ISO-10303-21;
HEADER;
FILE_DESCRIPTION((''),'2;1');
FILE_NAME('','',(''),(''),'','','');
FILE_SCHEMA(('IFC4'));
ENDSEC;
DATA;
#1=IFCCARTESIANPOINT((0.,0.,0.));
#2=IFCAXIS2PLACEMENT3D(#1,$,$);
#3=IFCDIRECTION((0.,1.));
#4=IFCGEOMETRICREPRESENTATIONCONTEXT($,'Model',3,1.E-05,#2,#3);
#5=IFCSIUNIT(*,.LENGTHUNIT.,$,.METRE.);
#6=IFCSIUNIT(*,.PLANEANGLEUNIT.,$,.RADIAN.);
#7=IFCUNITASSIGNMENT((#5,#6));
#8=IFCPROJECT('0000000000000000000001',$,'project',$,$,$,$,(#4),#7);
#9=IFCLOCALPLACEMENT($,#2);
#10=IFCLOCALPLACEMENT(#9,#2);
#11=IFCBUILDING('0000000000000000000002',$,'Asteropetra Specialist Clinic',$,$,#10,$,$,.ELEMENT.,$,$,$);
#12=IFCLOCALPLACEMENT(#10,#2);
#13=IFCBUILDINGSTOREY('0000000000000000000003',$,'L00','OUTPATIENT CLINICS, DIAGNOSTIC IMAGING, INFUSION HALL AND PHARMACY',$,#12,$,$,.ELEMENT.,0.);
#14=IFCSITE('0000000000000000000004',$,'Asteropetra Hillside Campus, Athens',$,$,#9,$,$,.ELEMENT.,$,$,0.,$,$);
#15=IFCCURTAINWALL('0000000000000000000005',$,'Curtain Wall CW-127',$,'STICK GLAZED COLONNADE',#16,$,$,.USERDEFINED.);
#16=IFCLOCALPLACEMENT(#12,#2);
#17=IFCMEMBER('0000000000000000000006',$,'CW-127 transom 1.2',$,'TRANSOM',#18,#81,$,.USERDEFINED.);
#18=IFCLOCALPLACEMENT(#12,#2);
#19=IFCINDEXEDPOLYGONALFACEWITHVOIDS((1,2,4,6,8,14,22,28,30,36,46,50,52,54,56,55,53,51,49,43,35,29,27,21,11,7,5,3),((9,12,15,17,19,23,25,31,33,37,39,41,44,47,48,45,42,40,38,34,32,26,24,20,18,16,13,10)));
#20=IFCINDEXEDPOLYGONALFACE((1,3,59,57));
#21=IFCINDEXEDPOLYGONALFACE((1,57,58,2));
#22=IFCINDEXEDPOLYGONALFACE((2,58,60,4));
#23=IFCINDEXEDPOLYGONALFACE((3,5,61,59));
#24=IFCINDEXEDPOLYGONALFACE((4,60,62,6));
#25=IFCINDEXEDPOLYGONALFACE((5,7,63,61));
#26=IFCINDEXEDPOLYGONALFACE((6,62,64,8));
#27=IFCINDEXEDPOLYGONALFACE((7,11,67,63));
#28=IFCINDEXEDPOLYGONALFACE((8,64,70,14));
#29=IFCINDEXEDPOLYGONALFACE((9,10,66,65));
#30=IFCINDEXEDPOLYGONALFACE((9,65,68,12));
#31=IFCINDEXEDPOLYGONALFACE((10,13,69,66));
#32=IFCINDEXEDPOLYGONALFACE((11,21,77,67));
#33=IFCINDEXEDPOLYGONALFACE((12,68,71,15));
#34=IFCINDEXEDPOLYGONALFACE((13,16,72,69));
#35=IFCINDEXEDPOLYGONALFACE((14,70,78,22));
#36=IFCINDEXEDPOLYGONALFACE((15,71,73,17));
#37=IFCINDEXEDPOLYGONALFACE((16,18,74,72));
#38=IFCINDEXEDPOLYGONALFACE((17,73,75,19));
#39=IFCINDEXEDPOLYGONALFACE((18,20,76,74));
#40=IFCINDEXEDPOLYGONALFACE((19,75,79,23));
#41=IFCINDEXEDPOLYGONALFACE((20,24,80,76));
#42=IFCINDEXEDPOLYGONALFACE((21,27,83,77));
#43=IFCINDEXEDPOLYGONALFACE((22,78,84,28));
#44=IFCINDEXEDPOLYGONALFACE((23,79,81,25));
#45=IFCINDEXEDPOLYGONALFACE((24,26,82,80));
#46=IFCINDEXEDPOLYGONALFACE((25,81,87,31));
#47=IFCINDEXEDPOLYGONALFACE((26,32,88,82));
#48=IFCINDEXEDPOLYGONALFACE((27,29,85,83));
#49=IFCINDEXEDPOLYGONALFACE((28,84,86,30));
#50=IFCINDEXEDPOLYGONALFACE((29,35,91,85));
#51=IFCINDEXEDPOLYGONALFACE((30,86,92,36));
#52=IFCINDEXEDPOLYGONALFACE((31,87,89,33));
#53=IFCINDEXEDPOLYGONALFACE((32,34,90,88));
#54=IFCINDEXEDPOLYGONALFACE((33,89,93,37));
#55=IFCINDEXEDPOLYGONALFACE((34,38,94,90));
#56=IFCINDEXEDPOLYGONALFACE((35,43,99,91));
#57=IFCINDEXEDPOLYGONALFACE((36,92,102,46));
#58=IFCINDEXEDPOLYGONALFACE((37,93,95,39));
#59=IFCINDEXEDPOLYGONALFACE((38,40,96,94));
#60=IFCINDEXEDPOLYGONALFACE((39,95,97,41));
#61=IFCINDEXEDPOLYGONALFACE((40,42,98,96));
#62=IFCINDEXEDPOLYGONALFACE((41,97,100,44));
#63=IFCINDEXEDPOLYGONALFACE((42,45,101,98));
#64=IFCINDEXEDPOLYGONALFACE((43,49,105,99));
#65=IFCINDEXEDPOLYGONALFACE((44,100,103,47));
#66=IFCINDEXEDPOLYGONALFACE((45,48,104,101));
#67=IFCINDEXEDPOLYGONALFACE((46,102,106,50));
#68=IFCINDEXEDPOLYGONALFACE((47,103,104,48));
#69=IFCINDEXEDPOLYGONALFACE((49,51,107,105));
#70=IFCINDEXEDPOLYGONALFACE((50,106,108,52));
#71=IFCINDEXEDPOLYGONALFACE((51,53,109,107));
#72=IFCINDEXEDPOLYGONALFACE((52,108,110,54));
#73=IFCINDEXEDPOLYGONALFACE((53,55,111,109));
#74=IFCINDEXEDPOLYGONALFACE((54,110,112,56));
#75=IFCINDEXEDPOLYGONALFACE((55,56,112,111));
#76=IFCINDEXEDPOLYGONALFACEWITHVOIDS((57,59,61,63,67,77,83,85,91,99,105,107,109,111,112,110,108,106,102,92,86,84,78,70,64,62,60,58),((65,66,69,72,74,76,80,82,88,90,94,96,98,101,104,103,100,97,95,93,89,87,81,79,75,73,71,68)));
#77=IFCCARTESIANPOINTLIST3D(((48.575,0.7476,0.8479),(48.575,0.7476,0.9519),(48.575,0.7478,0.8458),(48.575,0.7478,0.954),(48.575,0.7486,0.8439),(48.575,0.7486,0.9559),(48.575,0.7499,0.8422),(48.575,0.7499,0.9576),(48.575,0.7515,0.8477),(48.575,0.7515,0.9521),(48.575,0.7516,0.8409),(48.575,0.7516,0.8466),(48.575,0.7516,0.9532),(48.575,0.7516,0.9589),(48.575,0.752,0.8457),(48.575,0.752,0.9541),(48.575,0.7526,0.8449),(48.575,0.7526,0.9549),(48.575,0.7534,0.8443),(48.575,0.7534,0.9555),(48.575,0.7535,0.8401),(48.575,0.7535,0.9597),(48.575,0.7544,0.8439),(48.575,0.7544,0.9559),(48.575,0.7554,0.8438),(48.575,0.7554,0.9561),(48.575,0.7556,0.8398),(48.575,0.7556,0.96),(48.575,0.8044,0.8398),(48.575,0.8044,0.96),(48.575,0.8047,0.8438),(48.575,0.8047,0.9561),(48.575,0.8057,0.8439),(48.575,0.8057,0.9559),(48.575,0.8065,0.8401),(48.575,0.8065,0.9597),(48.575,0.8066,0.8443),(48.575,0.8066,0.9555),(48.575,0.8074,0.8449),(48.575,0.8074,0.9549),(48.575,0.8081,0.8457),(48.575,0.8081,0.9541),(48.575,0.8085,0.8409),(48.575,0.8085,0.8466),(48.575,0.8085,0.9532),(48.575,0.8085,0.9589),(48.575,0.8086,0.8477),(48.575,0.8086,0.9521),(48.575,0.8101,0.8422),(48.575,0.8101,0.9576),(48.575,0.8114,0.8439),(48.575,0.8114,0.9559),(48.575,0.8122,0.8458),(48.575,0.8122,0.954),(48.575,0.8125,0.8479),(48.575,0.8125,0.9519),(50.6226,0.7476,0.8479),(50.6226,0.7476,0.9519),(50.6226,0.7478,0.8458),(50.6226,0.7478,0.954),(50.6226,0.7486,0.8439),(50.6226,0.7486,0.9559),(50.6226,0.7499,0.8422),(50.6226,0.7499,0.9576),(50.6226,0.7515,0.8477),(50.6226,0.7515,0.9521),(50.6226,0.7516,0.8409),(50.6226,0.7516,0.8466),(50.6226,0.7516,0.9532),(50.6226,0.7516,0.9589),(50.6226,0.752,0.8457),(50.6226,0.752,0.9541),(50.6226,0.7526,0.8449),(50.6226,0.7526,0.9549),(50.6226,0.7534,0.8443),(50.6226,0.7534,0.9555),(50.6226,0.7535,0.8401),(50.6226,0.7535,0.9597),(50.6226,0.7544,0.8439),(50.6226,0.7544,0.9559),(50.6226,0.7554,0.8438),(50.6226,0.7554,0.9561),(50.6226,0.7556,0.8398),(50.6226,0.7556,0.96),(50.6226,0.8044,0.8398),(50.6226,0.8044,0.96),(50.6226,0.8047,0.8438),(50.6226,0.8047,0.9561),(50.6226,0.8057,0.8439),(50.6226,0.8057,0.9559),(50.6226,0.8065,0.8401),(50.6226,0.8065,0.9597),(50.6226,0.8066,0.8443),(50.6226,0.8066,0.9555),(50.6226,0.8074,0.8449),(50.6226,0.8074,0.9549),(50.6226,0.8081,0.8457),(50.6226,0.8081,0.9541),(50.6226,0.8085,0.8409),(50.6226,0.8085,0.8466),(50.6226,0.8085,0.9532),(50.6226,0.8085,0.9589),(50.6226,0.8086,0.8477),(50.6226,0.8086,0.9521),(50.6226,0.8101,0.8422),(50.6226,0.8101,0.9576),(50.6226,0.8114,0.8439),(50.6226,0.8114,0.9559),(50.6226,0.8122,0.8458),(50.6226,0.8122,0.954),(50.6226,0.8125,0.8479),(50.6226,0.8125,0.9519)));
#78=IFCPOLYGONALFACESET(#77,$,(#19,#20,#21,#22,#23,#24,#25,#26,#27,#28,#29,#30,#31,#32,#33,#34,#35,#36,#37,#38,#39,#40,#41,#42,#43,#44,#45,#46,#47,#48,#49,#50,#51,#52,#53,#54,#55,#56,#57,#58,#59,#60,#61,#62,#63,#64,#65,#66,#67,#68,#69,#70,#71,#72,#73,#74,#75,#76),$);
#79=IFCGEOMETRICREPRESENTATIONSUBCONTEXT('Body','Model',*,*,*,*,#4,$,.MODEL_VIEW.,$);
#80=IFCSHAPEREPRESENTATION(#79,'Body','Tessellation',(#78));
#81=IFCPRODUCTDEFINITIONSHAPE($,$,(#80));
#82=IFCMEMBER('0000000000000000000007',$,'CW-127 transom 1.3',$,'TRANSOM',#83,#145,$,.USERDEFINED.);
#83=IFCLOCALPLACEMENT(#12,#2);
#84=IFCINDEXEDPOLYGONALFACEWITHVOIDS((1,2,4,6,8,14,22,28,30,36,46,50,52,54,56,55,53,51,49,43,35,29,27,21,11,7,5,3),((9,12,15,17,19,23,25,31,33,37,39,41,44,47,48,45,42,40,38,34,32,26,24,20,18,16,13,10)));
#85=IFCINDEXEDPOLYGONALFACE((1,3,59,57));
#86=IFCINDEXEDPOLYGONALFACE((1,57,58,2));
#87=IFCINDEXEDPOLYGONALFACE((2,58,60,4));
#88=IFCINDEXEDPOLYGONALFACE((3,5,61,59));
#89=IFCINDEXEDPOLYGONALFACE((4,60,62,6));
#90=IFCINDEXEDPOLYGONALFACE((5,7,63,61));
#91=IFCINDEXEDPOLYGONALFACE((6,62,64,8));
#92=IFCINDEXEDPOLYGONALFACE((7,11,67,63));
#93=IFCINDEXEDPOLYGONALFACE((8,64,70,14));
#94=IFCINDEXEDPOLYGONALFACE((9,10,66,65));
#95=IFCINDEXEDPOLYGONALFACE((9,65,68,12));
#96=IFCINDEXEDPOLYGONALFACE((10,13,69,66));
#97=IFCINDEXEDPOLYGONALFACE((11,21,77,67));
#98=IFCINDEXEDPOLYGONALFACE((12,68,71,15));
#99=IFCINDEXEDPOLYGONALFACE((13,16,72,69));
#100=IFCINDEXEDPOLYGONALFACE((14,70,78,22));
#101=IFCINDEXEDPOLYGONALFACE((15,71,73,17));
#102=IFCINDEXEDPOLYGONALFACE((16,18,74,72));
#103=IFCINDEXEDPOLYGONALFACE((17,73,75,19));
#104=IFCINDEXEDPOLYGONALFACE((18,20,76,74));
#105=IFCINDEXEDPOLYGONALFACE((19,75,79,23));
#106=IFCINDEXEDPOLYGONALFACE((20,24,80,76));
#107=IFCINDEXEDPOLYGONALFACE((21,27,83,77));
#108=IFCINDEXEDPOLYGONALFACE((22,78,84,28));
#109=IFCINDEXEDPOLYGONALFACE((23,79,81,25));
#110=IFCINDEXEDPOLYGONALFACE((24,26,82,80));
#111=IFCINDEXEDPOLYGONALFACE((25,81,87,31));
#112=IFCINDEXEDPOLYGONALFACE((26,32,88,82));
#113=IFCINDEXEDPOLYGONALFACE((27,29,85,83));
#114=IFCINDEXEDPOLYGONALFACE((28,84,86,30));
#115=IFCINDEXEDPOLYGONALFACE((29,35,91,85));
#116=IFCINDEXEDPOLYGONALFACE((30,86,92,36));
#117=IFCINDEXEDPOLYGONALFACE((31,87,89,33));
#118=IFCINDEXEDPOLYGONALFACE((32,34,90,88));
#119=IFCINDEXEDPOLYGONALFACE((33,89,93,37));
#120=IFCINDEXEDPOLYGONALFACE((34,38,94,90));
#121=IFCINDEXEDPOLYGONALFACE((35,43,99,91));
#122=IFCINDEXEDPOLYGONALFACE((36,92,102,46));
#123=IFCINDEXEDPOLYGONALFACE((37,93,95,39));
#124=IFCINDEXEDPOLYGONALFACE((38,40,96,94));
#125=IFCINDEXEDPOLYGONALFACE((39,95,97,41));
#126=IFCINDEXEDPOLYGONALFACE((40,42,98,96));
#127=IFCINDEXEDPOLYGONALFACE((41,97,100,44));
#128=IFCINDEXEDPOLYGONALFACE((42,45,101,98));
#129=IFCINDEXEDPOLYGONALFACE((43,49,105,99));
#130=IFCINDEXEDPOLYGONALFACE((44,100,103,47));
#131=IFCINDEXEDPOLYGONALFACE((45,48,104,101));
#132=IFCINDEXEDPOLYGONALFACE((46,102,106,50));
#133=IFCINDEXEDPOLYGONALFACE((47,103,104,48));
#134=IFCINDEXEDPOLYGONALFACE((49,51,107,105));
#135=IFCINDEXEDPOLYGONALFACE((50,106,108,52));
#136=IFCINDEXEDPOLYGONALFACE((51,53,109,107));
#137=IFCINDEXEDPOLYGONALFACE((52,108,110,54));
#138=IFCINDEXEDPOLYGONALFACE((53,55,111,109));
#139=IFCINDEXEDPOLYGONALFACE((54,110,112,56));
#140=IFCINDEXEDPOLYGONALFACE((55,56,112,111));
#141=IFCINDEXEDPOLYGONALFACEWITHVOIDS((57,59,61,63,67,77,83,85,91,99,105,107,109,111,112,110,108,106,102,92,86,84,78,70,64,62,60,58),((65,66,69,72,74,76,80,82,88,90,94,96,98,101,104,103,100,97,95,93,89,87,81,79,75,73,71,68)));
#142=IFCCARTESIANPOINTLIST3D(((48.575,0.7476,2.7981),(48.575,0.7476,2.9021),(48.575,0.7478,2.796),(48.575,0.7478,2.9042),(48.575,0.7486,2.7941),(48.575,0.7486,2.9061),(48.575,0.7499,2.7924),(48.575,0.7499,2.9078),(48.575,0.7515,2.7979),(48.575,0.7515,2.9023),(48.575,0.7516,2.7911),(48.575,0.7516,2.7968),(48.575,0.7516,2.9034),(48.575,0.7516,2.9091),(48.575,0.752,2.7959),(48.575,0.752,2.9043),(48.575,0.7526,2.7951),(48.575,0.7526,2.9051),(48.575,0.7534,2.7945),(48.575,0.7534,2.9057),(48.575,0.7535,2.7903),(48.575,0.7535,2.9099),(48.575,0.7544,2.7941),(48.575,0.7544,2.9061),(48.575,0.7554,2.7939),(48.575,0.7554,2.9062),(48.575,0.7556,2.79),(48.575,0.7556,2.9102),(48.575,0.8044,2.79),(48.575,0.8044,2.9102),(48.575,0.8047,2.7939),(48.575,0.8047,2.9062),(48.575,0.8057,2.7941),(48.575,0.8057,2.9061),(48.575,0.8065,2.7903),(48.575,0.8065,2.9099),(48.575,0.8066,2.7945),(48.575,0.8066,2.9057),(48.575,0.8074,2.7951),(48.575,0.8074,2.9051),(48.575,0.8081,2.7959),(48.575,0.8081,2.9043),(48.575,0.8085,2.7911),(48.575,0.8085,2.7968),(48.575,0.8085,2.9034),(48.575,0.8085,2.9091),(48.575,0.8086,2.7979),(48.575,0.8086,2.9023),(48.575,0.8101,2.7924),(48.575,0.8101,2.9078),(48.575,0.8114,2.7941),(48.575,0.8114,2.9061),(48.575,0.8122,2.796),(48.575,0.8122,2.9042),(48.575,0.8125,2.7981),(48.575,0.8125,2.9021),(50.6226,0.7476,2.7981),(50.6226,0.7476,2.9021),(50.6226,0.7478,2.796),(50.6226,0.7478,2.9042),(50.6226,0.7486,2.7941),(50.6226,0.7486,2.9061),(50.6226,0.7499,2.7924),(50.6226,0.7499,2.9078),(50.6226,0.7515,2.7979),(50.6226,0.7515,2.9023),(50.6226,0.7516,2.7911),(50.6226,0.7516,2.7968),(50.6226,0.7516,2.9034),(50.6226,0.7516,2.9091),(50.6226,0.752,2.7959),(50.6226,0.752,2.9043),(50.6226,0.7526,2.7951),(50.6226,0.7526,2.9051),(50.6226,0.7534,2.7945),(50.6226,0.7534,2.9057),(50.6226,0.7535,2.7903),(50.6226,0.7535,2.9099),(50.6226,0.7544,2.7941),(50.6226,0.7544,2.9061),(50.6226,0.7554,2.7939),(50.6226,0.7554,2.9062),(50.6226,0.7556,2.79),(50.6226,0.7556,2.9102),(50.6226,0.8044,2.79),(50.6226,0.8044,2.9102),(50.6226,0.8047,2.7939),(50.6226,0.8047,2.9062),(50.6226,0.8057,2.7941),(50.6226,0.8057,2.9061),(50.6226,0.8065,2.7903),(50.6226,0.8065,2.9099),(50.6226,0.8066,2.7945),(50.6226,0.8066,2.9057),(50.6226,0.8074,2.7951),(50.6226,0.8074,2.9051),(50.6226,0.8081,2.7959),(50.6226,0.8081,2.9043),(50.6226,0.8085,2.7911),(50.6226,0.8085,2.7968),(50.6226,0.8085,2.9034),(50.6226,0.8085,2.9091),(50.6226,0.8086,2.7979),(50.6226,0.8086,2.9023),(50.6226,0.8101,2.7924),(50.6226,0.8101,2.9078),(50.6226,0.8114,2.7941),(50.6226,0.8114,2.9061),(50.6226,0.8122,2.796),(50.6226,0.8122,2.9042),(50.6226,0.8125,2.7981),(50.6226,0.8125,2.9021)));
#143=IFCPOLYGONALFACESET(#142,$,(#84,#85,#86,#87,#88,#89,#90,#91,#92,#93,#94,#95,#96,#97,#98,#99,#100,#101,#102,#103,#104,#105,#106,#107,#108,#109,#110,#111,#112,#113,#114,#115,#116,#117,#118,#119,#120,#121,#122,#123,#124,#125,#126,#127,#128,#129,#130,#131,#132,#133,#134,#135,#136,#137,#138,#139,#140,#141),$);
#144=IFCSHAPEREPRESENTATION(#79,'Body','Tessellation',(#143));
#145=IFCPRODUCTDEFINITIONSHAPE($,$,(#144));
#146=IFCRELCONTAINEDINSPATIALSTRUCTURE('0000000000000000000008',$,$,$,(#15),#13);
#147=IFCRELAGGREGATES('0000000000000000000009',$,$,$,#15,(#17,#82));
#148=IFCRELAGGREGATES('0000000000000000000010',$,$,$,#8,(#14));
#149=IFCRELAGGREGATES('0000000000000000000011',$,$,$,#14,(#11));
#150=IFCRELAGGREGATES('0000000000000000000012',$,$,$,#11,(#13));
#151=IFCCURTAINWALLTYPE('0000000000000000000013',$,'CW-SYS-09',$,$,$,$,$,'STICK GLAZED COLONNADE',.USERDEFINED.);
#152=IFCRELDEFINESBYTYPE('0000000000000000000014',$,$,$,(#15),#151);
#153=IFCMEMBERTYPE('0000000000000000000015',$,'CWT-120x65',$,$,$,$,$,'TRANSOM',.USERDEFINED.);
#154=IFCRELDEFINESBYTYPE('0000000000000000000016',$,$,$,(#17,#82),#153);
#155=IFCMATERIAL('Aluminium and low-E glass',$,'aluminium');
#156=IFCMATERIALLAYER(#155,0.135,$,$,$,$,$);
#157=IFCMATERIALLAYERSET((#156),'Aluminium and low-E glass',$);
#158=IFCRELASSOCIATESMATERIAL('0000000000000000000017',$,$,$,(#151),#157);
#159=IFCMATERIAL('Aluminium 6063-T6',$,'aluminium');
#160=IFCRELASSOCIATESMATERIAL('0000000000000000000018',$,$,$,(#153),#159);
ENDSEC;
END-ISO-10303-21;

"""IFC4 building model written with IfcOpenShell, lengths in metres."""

from ifc_helpers import new_model, si_unit, direction, frame, origin, origin_2d, place, context, subcontext, project, spatial, hollow_rectangle, extrude, material, layer, layer_set, material_profile, profile_set, type_object, element, aggregate, save


model = new_model("IFC4")

# Units and contexts
model_context = context("Model", 3, precision=1e-05, world=origin(), true_north=direction((0.0, 1.0)))
body_context = subcontext(model_context, "Body", "Model", "MODEL_VIEW")
ifc_project = project(units=[si_unit("LENGTHUNIT", "METRE"), si_unit("PLANEANGLEUNIT", "RADIAN")], contexts=[model_context])

# Site, building, storey
site_placement = place(None, origin())
site = spatial("IfcSite", under=ifc_project, at=site_placement, Name="Asteropetra Hillside Campus, Athens", CompositionType="ELEMENT", RefElevation=0.0)
building_placement = place(site_placement, origin())
building = spatial("IfcBuilding", under=site, at=building_placement, Name="Asteropetra Specialist Clinic", CompositionType="ELEMENT")
storey_placement = place(building_placement, origin())
storey = spatial("IfcBuildingStorey", under=building, at=storey_placement, Name="L00", Description="OUTPATIENT CLINICS, DIAGNOSTIC IMAGING, INFUSION HALL AND PHARMACY", CompositionType="ELEMENT", Elevation=0.0)

# Curtain wall, members
ifc_material_1 = material(Name="Aluminium and low-E glass", Category="aluminium")
ifc_layer_1 = layer(ifc_material_1, 0.135)
ifc_layer_set_1 = layer_set([ifc_layer_1], Name="Aluminium and low-E glass")
curtain_wall_type_1 = type_object("IfcCurtainWallType", Name="CW-SYS-09", ElementType="STICK GLAZED COLONNADE", PredefinedType="USERDEFINED", material=ifc_layer_set_1)
curtain_wall_1_placement = place(storey_placement, origin())
curtain_wall_1 = element("IfcCurtainWall", 1, at=curtain_wall_1_placement, inside=storey, type_object=curtain_wall_type_1, Name="Curtain Wall CW-127", ObjectType="STICK GLAZED COLONNADE", PredefinedType="USERDEFINED")
ifc_material_2 = material(Name="Aluminium 6063-T6", Category="aluminium")
ifc_material_profile_1 = material_profile(ifc_material_2, hollow_rectangle(XDim=0.0649, YDim=0.1201, WallThickness=0.0039, InnerFilletRadius=0.0039, OuterFilletRadius=0.0081, at=origin_2d()), Name="TRN 120x65x4.0")
ifc_profile_set_1 = profile_set([ifc_material_profile_1], Name="Aluminium 6063-T6")
member_type_1 = type_object("IfcMemberType", Name="CWT-120x65", ElementType="TRANSOM", PredefinedType="USERDEFINED", material=ifc_profile_set_1)
member_1_placement = place(storey_placement, frame((48.575, 0.78, 0.8999), z_axis=(1.0, 0.0, 0.0), x_axis=(0.0, 1.0, 0.0)))
member_1 = element("IfcMember", 2, at=member_1_placement, type_object=member_type_1, Name="CW-127 transom 1.2", ObjectType="TRANSOM", PredefinedType="USERDEFINED", context=body_context, shape_type="SweptSolid", body=[
    extrude(hollow_rectangle(XDim=0.0649, YDim=0.1201, WallThickness=0.0039, InnerFilletRadius=0.0039, OuterFilletRadius=0.0081, at=origin_2d()), origin(), (0.0, 0.0, 1.0), 2.0476),
])
member_2_placement = place(storey_placement, frame((48.575, 0.78, 2.8501), z_axis=(1.0, 0.0, 0.0), x_axis=(0.0, 1.0, 0.0)))
member_2 = element("IfcMember", 3, at=member_2_placement, type_object=member_type_1, Name="CW-127 transom 1.3", ObjectType="TRANSOM", PredefinedType="USERDEFINED", context=body_context, shape_type="SweptSolid", body=[
    extrude(hollow_rectangle(XDim=0.0649, YDim=0.1201, WallThickness=0.0039, InnerFilletRadius=0.0039, OuterFilletRadius=0.0081, at=origin_2d()), origin(), (0.0, 0.0, 1.0), 2.0476),
])

aggregate(curtain_wall_1, [member_1, member_2])

save(model, "model.ifc")
